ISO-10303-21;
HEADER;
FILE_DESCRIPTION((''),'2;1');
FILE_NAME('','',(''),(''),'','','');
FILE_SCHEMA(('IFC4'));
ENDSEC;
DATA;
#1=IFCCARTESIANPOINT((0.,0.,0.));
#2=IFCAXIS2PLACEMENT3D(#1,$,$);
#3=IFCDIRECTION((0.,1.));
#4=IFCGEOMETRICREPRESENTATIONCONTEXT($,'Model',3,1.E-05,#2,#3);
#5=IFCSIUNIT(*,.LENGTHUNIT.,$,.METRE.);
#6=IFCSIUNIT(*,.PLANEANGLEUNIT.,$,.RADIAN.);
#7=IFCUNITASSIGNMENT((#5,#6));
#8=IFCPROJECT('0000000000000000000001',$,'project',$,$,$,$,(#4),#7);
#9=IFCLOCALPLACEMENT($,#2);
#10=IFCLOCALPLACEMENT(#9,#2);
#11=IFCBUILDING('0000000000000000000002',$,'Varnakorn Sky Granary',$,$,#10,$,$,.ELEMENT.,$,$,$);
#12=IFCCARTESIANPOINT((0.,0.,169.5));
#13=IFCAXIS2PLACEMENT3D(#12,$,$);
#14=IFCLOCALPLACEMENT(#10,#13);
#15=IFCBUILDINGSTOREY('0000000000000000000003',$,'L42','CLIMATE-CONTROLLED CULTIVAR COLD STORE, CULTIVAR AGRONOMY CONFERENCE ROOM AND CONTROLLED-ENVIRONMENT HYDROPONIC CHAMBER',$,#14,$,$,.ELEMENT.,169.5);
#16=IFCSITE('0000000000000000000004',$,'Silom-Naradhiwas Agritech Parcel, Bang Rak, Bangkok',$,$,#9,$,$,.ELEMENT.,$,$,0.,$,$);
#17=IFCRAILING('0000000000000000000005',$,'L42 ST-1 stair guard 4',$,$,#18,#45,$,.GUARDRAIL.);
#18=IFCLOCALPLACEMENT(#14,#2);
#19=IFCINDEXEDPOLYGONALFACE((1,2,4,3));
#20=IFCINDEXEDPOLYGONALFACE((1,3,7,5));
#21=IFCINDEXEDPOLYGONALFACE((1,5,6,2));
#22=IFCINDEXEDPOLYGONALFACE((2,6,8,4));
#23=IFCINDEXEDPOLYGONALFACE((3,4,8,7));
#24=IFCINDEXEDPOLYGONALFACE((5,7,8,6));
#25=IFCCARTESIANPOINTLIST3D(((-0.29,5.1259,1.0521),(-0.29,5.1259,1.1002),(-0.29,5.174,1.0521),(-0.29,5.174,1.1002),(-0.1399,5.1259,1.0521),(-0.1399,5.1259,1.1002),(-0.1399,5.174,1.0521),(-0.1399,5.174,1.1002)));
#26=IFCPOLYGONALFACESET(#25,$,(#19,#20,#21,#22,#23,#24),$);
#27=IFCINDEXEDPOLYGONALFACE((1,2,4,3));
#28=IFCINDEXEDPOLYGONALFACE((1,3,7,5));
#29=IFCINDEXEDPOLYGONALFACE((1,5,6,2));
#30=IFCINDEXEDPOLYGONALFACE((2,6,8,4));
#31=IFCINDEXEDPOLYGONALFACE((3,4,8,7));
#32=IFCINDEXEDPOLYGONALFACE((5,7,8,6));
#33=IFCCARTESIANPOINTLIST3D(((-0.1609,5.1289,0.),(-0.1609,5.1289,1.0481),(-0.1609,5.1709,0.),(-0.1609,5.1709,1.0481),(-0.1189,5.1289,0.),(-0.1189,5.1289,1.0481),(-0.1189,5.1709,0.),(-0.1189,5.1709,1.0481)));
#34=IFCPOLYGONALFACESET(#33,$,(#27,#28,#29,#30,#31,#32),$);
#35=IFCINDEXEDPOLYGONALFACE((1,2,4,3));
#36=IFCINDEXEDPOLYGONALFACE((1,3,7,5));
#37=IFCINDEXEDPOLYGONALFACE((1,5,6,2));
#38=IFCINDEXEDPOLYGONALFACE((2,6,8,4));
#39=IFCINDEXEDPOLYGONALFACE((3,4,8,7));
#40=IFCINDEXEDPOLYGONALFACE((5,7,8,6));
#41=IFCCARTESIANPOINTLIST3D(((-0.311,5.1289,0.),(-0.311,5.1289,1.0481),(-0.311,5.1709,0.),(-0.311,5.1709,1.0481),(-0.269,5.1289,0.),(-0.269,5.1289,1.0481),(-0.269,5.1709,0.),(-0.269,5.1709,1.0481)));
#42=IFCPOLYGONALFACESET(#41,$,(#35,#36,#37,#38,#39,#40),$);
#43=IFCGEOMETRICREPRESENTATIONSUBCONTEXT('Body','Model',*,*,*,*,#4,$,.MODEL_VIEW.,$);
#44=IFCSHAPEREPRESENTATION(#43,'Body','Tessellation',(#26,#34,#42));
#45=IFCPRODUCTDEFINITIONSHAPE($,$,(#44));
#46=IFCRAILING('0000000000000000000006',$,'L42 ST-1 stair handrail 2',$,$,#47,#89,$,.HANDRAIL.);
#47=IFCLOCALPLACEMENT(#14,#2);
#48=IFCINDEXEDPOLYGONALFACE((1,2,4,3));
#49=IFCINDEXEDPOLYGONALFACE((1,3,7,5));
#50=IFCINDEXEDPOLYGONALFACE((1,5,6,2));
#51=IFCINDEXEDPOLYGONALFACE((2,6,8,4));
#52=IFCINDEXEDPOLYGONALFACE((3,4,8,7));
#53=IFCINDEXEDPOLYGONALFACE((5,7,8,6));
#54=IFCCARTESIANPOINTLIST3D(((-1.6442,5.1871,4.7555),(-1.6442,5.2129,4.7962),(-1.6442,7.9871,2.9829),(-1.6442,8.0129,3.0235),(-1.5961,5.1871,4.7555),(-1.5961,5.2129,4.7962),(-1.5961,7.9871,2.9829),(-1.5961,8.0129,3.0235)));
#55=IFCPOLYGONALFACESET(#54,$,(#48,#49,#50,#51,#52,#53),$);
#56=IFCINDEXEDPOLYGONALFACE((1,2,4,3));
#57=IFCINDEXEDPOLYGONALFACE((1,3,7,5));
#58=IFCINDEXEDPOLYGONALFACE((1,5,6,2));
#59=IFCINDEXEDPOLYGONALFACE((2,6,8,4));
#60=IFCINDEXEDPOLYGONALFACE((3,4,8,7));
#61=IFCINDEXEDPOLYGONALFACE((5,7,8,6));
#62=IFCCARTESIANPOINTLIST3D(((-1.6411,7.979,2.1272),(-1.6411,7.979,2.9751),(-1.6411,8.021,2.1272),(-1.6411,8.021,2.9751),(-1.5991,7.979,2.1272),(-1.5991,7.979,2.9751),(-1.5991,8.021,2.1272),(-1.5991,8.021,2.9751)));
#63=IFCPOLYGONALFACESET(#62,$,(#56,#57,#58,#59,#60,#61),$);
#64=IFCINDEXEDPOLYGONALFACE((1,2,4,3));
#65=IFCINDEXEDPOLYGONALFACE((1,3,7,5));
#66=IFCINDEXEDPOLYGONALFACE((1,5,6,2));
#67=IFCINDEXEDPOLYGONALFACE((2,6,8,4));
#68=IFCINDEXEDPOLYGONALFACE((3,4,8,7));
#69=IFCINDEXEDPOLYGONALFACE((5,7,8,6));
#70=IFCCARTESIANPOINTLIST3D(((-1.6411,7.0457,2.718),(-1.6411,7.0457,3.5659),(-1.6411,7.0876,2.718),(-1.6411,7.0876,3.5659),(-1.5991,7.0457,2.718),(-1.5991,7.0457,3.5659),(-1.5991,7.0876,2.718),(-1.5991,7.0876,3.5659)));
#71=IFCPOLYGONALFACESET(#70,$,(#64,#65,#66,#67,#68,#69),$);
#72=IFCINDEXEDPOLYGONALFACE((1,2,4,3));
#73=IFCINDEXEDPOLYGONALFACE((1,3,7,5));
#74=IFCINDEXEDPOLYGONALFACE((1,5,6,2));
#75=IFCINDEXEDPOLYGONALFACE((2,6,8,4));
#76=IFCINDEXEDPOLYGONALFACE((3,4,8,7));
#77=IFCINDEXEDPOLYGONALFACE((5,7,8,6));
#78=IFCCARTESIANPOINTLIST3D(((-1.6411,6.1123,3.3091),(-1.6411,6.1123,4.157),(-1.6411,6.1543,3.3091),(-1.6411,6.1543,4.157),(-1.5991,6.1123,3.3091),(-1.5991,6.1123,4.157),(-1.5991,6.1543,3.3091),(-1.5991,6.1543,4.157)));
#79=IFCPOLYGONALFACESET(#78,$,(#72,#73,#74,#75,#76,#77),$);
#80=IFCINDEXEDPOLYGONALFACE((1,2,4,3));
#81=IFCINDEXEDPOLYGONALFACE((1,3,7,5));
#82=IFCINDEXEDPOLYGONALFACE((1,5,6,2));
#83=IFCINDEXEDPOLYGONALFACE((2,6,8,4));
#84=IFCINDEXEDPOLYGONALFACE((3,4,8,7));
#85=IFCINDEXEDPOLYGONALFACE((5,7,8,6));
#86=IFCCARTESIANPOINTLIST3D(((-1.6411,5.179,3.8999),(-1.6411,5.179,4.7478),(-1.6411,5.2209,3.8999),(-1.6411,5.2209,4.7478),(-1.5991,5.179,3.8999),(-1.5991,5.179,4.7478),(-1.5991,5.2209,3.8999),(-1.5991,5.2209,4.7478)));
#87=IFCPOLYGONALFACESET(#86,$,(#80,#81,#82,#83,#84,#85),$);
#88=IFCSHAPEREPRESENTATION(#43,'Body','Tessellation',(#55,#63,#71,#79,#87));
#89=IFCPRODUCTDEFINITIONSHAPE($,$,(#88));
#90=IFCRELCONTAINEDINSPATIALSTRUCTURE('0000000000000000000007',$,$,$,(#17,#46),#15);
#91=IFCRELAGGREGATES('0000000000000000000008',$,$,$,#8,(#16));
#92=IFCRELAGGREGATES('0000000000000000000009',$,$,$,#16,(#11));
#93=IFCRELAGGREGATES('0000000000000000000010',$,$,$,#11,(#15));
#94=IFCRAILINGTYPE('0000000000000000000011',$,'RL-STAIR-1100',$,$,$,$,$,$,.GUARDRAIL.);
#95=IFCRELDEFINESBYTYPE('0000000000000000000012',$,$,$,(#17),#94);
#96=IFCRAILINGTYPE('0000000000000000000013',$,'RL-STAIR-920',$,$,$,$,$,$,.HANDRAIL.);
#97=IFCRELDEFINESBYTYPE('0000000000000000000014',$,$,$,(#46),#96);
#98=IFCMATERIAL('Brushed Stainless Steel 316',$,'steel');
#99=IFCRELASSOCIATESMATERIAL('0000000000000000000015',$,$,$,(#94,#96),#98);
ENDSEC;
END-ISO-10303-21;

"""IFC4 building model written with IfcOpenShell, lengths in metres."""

from ifc_helpers import new_model, si_unit, direction, frame, origin, origin_2d, place, context, subcontext, project, spatial, rectangle, extrude, material, type_object, element, save


model = new_model("IFC4")

# Units and contexts
model_context = context("Model", 3, precision=1e-05, world=origin(), true_north=direction((0.0, 1.0)))
body_context = subcontext(model_context, "Body", "Model", "MODEL_VIEW")
ifc_project = project(units=[si_unit("LENGTHUNIT", "METRE"), si_unit("PLANEANGLEUNIT", "RADIAN")], contexts=[model_context])

# Site, building, storey
site_placement = place(None, origin())
site = spatial("IfcSite", under=ifc_project, at=site_placement, Name="Silom-Naradhiwas Agritech Parcel, Bang Rak, Bangkok", CompositionType="ELEMENT", RefElevation=0.0)
building_placement = place(site_placement, origin())
building = spatial("IfcBuilding", under=site, at=building_placement, Name="Varnakorn Sky Granary", CompositionType="ELEMENT")
storey_placement = place(building_placement, frame((0.0, 0.0, 169.5)))
storey = spatial("IfcBuildingStorey", under=building, at=storey_placement, Name="L42", Description="CLIMATE-CONTROLLED CULTIVAR COLD STORE, CULTIVAR AGRONOMY CONFERENCE ROOM AND CONTROLLED-ENVIRONMENT HYDROPONIC CHAMBER", CompositionType="ELEMENT", Elevation=169.5)

# Railings
ifc_material_1 = material(Name="Brushed Stainless Steel 316", Category="steel")
railing_type_1 = type_object("IfcRailingType", Name="RL-STAIR-1100", PredefinedType="GUARDRAIL", material=ifc_material_1)
railing_1_placement = place(storey_placement, frame((-0.1399, 5.1499, 0.0)))
element("IfcRailing", 1, at=railing_1_placement, inside=storey, type_object=railing_type_1, Name="L42 ST-1 stair guard 4", PredefinedType="GUARDRAIL", context=body_context, shape_type="SweptSolid", body=[
    extrude(rectangle(XDim=0.0481, YDim=0.0481, at=origin_2d()), frame((0.0, 0.0, 1.0762), z_axis=(-1.0, 0.0, 0.0), x_axis=(0.0, -1.0, 0.0)), (0.0, 0.0, 1.0), 0.1501),
    extrude(rectangle(XDim=0.042, YDim=0.042, at=origin_2d()), origin(), (0.0, 0.0, 1.0), 1.0481),
    extrude(rectangle(XDim=0.042, YDim=0.042, at=origin_2d()), frame((-0.1501, 0.0, 0.0)), (0.0, 0.0, 1.0), 1.0481),
])
railing_type_2 = type_object("IfcRailingType", Name="RL-STAIR-920", PredefinedType="HANDRAIL", material=ifc_material_1)
railing_2_placement = place(storey_placement, frame((-1.6201, 8.0, 2.1272)))
element("IfcRailing", 2, at=railing_2_placement, inside=storey, type_object=railing_type_2, Name="L42 ST-1 stair handrail 2", PredefinedType="HANDRAIL", context=body_context, shape_type="SweptSolid", body=[
    extrude(rectangle(XDim=0.0481, YDim=0.0481, at=origin_2d()), frame((0.0, 0.0, 0.876), z_axis=(0.0, -0.844909, 0.53491), x_axis=(1.0, 0.0, 0.0)), (0.0, 0.0, 1.0), 3.314),
    extrude(rectangle(XDim=0.042, YDim=0.042, at=origin_2d()), origin(), (0.0, 0.0, 1.0), 0.8479),
    extrude(rectangle(XDim=0.042, YDim=0.042, at=origin_2d()), frame((0.0, -0.9333, 0.5908)), (0.0, 0.0, 1.0), 0.8479),
    extrude(rectangle(XDim=0.042, YDim=0.042, at=origin_2d()), frame((0.0, -1.8667, 1.1819)), (0.0, 0.0, 1.0), 0.8479),
    extrude(rectangle(XDim=0.042, YDim=0.042, at=origin_2d()), frame((0.0, -2.8, 1.7727)), (0.0, 0.0, 1.0), 0.8479),
])

save(model, "model.ifc")
